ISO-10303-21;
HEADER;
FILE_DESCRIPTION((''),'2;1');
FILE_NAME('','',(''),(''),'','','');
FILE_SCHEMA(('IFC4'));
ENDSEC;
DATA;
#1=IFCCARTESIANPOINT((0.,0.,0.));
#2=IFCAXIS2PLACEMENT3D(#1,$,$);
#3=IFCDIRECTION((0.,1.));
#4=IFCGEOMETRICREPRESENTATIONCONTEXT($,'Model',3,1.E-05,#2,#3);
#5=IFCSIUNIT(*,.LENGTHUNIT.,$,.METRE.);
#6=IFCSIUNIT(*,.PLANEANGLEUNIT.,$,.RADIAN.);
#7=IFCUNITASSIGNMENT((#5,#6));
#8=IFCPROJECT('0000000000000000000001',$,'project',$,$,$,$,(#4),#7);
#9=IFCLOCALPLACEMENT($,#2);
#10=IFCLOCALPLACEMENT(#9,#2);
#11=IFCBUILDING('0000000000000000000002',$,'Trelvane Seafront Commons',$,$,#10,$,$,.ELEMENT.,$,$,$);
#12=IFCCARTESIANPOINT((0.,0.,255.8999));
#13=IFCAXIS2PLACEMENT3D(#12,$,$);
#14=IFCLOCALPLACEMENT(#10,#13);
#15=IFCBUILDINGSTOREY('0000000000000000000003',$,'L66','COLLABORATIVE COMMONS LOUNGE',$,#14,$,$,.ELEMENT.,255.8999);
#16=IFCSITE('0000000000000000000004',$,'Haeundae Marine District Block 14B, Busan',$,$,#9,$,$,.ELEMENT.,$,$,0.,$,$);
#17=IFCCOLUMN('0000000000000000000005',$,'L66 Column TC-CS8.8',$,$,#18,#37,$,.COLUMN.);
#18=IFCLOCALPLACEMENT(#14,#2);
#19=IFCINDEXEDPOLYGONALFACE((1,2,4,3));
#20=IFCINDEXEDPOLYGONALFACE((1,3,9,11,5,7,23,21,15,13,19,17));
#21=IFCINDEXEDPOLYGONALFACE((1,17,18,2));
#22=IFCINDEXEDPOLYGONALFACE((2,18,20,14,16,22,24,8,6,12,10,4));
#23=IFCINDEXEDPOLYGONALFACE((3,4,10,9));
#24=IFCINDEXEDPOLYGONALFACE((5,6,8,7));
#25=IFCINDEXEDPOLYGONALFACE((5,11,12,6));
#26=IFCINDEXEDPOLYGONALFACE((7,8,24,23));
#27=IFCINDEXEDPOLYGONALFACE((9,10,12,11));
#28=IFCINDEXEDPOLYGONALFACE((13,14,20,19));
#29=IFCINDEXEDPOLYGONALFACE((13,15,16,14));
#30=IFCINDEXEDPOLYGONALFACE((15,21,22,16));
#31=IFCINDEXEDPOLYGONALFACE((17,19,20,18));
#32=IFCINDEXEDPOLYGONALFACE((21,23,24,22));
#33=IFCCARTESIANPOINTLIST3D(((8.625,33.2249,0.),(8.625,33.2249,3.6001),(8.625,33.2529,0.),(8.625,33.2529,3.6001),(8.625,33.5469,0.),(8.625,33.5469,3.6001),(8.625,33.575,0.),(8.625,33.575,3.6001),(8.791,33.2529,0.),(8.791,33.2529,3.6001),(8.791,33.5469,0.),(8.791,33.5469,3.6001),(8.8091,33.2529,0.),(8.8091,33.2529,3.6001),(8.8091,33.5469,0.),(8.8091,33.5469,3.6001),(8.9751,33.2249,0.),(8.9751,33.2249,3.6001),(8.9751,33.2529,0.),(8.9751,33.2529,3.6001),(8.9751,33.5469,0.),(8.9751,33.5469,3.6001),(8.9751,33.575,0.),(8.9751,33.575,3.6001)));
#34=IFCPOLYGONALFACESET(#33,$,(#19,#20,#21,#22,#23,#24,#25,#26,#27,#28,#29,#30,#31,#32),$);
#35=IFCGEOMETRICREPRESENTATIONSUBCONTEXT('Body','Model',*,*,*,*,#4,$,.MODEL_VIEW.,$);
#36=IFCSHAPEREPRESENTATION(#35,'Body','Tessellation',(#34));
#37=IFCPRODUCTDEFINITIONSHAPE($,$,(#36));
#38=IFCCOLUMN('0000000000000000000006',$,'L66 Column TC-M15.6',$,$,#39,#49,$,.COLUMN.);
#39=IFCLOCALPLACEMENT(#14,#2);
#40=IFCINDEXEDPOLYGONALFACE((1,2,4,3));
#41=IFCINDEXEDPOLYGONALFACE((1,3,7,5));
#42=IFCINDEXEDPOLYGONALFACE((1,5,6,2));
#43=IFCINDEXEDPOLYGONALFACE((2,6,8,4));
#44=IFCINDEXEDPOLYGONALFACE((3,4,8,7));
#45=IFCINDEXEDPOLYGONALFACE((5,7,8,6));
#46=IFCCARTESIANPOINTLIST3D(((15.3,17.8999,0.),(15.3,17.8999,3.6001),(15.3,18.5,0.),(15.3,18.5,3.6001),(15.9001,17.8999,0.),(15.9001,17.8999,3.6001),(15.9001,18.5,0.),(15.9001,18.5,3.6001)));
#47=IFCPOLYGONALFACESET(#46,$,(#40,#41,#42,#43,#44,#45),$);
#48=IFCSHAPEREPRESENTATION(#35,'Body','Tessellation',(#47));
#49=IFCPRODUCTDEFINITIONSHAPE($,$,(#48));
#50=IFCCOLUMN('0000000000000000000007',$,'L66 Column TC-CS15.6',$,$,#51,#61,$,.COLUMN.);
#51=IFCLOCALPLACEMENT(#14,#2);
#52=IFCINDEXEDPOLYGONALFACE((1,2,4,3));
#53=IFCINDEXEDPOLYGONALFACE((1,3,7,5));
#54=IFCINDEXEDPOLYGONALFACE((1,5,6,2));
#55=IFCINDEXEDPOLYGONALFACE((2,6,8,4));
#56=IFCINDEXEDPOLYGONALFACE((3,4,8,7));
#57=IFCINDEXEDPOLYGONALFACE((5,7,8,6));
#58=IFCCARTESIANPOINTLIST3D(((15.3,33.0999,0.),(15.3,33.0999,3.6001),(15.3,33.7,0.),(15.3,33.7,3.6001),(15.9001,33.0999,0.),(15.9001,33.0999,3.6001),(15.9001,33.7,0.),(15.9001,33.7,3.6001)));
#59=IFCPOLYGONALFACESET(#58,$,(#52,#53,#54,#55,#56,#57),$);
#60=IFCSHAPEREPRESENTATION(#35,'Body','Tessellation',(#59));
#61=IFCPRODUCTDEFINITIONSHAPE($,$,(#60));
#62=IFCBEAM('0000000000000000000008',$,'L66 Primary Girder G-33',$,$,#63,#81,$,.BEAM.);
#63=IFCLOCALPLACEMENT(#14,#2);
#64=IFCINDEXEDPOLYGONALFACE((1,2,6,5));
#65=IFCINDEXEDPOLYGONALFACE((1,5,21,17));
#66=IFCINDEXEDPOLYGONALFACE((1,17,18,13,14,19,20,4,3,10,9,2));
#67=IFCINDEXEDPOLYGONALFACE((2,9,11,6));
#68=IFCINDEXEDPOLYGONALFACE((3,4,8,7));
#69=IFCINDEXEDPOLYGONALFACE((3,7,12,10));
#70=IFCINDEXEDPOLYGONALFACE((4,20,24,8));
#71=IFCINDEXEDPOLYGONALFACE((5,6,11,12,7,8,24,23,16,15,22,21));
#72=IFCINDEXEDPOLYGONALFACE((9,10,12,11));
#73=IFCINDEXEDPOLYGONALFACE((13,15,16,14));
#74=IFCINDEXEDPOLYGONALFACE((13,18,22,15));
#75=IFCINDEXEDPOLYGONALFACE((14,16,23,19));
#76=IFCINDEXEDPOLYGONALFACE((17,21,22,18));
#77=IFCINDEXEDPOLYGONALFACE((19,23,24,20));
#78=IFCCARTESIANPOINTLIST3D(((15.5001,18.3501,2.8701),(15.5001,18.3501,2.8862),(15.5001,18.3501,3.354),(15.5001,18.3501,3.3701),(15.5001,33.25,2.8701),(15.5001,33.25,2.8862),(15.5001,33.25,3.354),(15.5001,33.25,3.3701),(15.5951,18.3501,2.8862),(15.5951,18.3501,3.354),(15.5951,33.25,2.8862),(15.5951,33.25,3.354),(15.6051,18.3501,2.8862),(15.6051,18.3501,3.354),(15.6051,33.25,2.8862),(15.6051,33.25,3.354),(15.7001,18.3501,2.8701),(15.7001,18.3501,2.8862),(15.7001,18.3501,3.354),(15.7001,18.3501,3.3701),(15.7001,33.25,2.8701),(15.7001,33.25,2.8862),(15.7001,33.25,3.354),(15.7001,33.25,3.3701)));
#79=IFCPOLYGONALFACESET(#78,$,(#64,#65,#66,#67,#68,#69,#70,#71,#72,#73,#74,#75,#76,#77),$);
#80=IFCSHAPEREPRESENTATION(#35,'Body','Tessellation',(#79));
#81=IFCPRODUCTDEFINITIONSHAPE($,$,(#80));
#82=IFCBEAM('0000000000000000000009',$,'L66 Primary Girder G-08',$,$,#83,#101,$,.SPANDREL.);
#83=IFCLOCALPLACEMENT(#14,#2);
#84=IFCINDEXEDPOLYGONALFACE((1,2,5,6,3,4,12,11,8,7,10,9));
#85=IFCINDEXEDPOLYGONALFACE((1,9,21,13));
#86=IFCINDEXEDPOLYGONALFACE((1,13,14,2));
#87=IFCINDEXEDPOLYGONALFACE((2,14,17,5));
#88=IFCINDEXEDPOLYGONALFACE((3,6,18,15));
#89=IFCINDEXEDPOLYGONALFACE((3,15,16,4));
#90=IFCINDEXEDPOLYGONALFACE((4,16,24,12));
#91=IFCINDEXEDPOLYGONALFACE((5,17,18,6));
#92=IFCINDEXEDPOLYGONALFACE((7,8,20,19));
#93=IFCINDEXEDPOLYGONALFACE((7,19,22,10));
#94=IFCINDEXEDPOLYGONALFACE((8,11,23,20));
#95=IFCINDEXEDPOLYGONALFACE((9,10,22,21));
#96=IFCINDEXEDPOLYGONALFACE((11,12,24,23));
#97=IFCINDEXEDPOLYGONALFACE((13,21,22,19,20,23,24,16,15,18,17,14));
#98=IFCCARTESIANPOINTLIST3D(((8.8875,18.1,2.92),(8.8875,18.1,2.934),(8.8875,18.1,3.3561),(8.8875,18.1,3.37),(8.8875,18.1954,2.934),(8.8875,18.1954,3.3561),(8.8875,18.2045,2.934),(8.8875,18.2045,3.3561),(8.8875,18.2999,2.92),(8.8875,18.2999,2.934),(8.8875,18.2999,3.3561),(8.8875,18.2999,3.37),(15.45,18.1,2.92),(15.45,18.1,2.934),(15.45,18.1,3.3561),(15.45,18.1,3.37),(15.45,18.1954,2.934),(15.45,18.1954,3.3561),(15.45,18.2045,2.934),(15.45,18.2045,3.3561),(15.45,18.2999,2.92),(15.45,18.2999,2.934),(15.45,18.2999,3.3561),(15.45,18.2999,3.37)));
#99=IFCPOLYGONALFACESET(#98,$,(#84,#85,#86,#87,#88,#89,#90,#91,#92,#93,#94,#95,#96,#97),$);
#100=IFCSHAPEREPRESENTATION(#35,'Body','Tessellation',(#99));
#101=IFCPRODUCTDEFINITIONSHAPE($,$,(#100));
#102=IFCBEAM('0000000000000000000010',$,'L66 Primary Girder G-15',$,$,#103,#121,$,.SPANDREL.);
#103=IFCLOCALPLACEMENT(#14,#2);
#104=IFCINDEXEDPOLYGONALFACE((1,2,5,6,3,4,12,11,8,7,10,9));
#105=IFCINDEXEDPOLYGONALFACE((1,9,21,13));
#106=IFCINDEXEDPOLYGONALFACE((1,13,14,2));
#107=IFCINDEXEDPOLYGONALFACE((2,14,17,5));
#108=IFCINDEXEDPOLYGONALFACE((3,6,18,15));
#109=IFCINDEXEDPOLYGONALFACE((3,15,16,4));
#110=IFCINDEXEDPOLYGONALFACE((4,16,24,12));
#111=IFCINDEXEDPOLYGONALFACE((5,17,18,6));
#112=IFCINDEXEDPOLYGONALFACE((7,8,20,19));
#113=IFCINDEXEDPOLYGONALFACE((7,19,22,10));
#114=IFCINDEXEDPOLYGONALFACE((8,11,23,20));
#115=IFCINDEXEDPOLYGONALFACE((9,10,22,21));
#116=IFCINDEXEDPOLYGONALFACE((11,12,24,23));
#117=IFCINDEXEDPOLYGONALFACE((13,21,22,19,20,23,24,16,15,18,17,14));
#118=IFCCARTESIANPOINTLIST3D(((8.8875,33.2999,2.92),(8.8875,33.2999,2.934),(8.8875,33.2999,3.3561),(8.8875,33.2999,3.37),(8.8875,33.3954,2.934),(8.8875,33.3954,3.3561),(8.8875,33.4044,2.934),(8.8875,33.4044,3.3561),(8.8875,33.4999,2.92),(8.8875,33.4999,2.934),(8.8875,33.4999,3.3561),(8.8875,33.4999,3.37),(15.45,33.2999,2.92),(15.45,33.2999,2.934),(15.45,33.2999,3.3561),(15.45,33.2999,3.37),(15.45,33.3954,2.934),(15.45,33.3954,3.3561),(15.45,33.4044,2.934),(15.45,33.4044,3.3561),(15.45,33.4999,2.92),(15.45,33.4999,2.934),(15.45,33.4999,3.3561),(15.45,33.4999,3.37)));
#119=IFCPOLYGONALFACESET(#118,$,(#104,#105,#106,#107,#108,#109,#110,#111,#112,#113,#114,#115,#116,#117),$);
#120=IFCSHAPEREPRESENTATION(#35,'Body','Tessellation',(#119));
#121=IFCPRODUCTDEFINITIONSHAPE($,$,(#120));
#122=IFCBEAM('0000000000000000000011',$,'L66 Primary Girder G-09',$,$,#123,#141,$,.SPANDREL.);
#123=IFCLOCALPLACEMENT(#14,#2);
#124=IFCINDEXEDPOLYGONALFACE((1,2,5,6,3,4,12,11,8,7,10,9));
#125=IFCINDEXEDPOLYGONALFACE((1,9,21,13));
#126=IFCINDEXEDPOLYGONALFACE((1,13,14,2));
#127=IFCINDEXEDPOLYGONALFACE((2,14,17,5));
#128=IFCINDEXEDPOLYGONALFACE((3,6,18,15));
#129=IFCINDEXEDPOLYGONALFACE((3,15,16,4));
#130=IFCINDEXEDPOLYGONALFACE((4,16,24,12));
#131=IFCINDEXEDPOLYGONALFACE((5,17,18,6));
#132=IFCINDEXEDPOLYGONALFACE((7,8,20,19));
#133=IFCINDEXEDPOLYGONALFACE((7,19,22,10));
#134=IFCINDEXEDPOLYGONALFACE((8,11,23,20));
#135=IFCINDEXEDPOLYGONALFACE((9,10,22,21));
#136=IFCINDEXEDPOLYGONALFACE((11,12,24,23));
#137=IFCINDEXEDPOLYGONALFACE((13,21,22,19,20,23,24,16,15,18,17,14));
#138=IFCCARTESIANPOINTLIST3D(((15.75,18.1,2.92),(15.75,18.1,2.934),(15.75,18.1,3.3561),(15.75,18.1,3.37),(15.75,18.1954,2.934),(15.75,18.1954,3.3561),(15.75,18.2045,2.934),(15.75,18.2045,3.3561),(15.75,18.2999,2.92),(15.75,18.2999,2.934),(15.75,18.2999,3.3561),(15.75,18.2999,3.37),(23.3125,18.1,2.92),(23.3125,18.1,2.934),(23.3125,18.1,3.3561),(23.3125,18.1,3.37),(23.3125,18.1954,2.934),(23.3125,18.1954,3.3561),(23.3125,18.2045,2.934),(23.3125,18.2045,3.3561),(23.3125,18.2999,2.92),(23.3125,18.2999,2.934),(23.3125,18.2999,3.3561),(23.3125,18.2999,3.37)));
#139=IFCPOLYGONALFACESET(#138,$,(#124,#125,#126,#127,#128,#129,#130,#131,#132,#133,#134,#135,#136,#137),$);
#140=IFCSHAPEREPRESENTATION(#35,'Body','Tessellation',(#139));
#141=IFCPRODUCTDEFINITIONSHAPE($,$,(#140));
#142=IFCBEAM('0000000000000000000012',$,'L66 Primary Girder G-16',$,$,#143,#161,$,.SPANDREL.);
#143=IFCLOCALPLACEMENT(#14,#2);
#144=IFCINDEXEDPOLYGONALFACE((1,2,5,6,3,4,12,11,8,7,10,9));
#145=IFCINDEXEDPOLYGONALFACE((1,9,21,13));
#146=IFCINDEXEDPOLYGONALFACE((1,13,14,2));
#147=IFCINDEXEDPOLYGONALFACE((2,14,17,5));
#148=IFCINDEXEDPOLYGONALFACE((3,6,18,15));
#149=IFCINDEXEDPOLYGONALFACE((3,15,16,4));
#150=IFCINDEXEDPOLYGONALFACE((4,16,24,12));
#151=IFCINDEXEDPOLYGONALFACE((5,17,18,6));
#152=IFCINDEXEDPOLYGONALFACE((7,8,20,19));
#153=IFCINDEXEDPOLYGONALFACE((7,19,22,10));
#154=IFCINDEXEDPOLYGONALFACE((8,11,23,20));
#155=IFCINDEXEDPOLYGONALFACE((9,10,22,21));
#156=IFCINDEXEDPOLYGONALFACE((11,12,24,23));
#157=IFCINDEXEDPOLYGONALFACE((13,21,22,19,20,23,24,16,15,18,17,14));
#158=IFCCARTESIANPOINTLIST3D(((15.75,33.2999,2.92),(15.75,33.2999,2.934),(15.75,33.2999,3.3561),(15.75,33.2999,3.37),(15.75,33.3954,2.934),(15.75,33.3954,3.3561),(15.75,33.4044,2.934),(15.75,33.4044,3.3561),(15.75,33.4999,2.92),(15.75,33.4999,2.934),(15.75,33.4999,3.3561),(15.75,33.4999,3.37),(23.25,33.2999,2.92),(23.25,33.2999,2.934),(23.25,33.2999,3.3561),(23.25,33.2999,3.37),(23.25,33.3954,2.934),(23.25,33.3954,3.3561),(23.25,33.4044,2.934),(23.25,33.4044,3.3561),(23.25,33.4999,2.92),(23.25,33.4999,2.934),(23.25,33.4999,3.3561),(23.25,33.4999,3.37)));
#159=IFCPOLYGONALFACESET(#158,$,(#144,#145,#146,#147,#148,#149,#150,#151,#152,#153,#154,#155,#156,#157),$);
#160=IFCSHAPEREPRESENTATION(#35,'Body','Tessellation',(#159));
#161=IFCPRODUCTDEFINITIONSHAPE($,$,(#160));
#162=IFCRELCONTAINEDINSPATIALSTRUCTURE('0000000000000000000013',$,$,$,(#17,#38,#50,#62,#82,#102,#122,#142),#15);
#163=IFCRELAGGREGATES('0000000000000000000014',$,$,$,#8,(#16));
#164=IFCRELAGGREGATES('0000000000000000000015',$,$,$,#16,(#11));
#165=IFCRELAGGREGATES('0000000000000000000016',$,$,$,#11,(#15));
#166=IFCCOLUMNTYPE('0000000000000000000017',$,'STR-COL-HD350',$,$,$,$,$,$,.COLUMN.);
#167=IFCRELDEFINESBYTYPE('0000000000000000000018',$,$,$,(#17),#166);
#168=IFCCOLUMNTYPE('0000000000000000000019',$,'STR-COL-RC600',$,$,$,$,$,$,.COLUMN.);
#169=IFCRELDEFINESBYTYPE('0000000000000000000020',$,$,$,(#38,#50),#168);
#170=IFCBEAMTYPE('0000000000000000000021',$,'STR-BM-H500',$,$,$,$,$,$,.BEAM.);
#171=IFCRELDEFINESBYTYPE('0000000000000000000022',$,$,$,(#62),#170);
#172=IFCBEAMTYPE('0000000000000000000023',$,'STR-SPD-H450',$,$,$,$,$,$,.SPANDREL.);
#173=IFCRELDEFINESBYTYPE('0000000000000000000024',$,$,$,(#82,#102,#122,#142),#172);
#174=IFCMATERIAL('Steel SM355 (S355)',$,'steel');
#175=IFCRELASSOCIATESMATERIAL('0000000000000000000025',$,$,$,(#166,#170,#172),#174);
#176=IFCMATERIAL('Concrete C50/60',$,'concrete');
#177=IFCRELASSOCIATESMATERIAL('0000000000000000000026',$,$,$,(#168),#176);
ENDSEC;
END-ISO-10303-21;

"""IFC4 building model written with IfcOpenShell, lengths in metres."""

from ifc_helpers import new_model, si_unit, direction, frame, origin, origin_2d, place, context, subcontext, project, spatial, rectangle, i_section, extrude, source, transform, mapped, material, material_profile, profile_set, type_object, element, save


model = new_model("IFC4")

# Units and contexts
model_context = context("Model", 3, precision=1e-05, world=origin(), true_north=direction((0.0, 1.0)))
body_context = subcontext(model_context, "Body", "Model", "MODEL_VIEW")
ifc_project = project(units=[si_unit("LENGTHUNIT", "METRE"), si_unit("PLANEANGLEUNIT", "RADIAN")], contexts=[model_context])

# Site, building, storey
site_placement = place(None, origin())
site = spatial("IfcSite", under=ifc_project, at=site_placement, Name="Haeundae Marine District Block 14B, Busan", CompositionType="ELEMENT", RefElevation=0.0)
building_placement = place(site_placement, origin())
building = spatial("IfcBuilding", under=site, at=building_placement, Name="Trelvane Seafront Commons", CompositionType="ELEMENT")
storey_placement = place(building_placement, frame((0.0, 0.0, 255.8999)))
storey = spatial("IfcBuildingStorey", under=building, at=storey_placement, Name="L66", Description="COLLABORATIVE COMMONS LOUNGE", CompositionType="ELEMENT", Elevation=255.8999)

# Columns
ifc_material_1 = material(Name="Steel SM355 (S355)", Category="steel")
ifc_material_profile_1 = material_profile(ifc_material_1, i_section(OverallWidth=0.3501, OverallDepth=0.3501, WebThickness=0.0181, FlangeThickness=0.0281, at=origin_2d()), Name="HD-350x350x18x28")
ifc_profile_set_1 = profile_set([ifc_material_profile_1], Name="Steel SM355 (S355)")
column_type_1 = type_object("IfcColumnType", Name="STR-COL-HD350", PredefinedType="COLUMN", material=ifc_profile_set_1)
shared_shape_1 = source(origin(), body_context, "Body", "SweptSolid", [
    extrude(i_section(OverallWidth=0.3501, OverallDepth=0.3501, WebThickness=0.0181, FlangeThickness=0.0281, at=origin_2d()), origin(), (0.0, 0.0, 1.0), 3.6001),
])
column_placement = place(storey_placement, frame((8.8, 33.3999, 0.0), z_axis=(0.0, 0.0, 1.0), x_axis=(1.0, 0.0, 0.0)))
element("IfcColumn", 1, at=column_placement, inside=storey, type_object=column_type_1, Name="L66 Column TC-CS8.8", PredefinedType="COLUMN", context=body_context, shape_type="MappedRepresentation", body=[
    mapped(shared_shape_1, transform((0.0, 0.0, 0.0), x_axis=(1.0, 0.0, 0.0), y_axis=(0.0, 1.0, 0.0), z_axis=(0.0, 0.0, 1.0), scale=1.0)),
])
ifc_material_2 = material(Name="Concrete C50/60", Category="concrete")
ifc_material_profile_2 = material_profile(ifc_material_2, rectangle(XDim=0.6001, YDim=0.6001, at=origin_2d()), Name="RC-600x600")
ifc_profile_set_2 = profile_set([ifc_material_profile_2], Name="Concrete C50/60")
column_type_2 = type_object("IfcColumnType", Name="STR-COL-RC600", PredefinedType="COLUMN", material=ifc_profile_set_2)
shared_shape_2 = source(origin(), body_context, "Body", "SweptSolid", [
    extrude(rectangle(XDim=0.6001, YDim=0.6001, at=origin_2d()), origin(), (0.0, 0.0, 1.0), 3.6001),
])
for number, where, z_axis, x_axis, name in (
    (2, (15.6001, 18.2, 0.0), (0.0, 0.0, 1.0), (1.0, 0.0, 0.0), "L66 Column TC-M15.6"),
    (3, (15.6001, 33.3999, 0.0), (0.0, 0.0, 1.0), (1.0, 0.0, 0.0), "L66 Column TC-CS15.6"),
):
    element("IfcColumn", number, at=place(storey_placement, frame(where, z_axis=z_axis, x_axis=x_axis)), inside=storey, type_object=column_type_2, Name=name, PredefinedType="COLUMN", context=body_context, shape_type="MappedRepresentation", body=[
        mapped(shared_shape_2, transform((0.0, 0.0, 0.0), x_axis=(1.0, 0.0, 0.0), y_axis=(0.0, 1.0, 0.0), z_axis=(0.0, 0.0, 1.0), scale=1.0)),
    ])

# Beams
ifc_material_profile_3 = material_profile(ifc_material_1, i_section(OverallWidth=0.2, OverallDepth=0.5, WebThickness=0.01, FlangeThickness=0.0161, at=origin_2d()), Name="H-500x200x10x16")
ifc_profile_set_3 = profile_set([ifc_material_profile_3], Name="Steel SM355 (S355)")
beam_type_1 = type_object("IfcBeamType", Name="STR-BM-H500", PredefinedType="BEAM", material=ifc_profile_set_3)
shared_shape_3 = source(origin(), body_context, "Body", "SweptSolid", [
    extrude(i_section(OverallWidth=0.2, OverallDepth=0.5, WebThickness=0.01, FlangeThickness=0.0161, at=origin_2d()), origin(), (0.0, 0.0, 1.0), 14.8999),
])
beam_1_placement = place(storey_placement, frame((15.6001, 18.3501, 3.1201), z_axis=(0.0, 1.0, 0.0), x_axis=(-1.0, 0.0, 0.0)))
element("IfcBeam", 4, at=beam_1_placement, inside=storey, type_object=beam_type_1, Name="L66 Primary Girder G-33", PredefinedType="BEAM", context=body_context, shape_type="MappedRepresentation", body=[
    mapped(shared_shape_3, transform((0.0, 0.0, 0.0), x_axis=(1.0, 0.0, 0.0), y_axis=(0.0, 1.0, 0.0), z_axis=(0.0, 0.0, 1.0), scale=1.0)),
])
ifc_material_profile_4 = material_profile(ifc_material_1, i_section(OverallWidth=0.2, OverallDepth=0.45, WebThickness=0.009, FlangeThickness=0.0139, at=origin_2d()), Name="H-450x200x9x14")
ifc_profile_set_4 = profile_set([ifc_material_profile_4], Name="Steel SM355 (S355)")
beam_type_2 = type_object("IfcBeamType", Name="STR-SPD-H450", PredefinedType="SPANDREL", material=ifc_profile_set_4)
shared_shape_4 = source(origin(), body_context, "Body", "SweptSolid", [
    extrude(i_section(OverallWidth=0.2, OverallDepth=0.45, WebThickness=0.009, FlangeThickness=0.0139, at=origin_2d()), origin(), (0.0, 0.0, 1.0), 6.5625),
])
for number, where, z_axis, x_axis, name in (
    (5, (8.8875, 18.2, 3.145), (1.0, 0.0, 0.0), (0.0, 1.0, 0.0), "L66 Primary Girder G-08"),
    (6, (8.8875, 33.3999, 3.145), (1.0, 0.0, 0.0), (0.0, 1.0, 0.0), "L66 Primary Girder G-15"),
):
    element("IfcBeam", number, at=place(storey_placement, frame(where, z_axis=z_axis, x_axis=x_axis)), inside=storey, type_object=beam_type_2, Name=name, PredefinedType="SPANDREL", context=body_context, shape_type="MappedRepresentation", body=[
        mapped(shared_shape_4, transform((0.0, 0.0, 0.0), x_axis=(1.0, 0.0, 0.0), y_axis=(0.0, 1.0, 0.0), z_axis=(0.0, 0.0, 1.0), scale=1.0)),
    ])
shared_shape_5 = source(origin(), body_context, "Body", "SweptSolid", [
    extrude(i_section(OverallWidth=0.2, OverallDepth=0.45, WebThickness=0.009, FlangeThickness=0.0139, at=origin_2d()), origin(), (0.0, 0.0, 1.0), 7.5625),
])
beam_2_placement = place(storey_placement, frame((15.75, 18.2, 3.145), z_axis=(1.0, 0.0, 0.0), x_axis=(0.0, 1.0, 0.0)))
element("IfcBeam", 7, at=beam_2_placement, inside=storey, type_object=beam_type_2, Name="L66 Primary Girder G-09", PredefinedType="SPANDREL", context=body_context, shape_type="MappedRepresentation", body=[
    mapped(shared_shape_5, transform((0.0, 0.0, 0.0), x_axis=(1.0, 0.0, 0.0), y_axis=(0.0, 1.0, 0.0), z_axis=(0.0, 0.0, 1.0), scale=1.0)),
])
shared_shape_6 = source(origin(), body_context, "Body", "SweptSolid", [
    extrude(i_section(OverallWidth=0.2, OverallDepth=0.45, WebThickness=0.009, FlangeThickness=0.0139, at=origin_2d()), origin(), (0.0, 0.0, 1.0), 7.5),
])
beam_3_placement = place(storey_placement, frame((15.75, 33.3999, 3.145), z_axis=(1.0, 0.0, 0.0), x_axis=(0.0, 1.0, 0.0)))
element("IfcBeam", 8, at=beam_3_placement, inside=storey, type_object=beam_type_2, Name="L66 Primary Girder G-16", PredefinedType="SPANDREL", context=body_context, shape_type="MappedRepresentation", body=[
    mapped(shared_shape_6, transform((0.0, 0.0, 0.0), x_axis=(1.0, 0.0, 0.0), y_axis=(0.0, 1.0, 0.0), z_axis=(0.0, 0.0, 1.0), scale=1.0)),
])

save(model, "model.ifc")
